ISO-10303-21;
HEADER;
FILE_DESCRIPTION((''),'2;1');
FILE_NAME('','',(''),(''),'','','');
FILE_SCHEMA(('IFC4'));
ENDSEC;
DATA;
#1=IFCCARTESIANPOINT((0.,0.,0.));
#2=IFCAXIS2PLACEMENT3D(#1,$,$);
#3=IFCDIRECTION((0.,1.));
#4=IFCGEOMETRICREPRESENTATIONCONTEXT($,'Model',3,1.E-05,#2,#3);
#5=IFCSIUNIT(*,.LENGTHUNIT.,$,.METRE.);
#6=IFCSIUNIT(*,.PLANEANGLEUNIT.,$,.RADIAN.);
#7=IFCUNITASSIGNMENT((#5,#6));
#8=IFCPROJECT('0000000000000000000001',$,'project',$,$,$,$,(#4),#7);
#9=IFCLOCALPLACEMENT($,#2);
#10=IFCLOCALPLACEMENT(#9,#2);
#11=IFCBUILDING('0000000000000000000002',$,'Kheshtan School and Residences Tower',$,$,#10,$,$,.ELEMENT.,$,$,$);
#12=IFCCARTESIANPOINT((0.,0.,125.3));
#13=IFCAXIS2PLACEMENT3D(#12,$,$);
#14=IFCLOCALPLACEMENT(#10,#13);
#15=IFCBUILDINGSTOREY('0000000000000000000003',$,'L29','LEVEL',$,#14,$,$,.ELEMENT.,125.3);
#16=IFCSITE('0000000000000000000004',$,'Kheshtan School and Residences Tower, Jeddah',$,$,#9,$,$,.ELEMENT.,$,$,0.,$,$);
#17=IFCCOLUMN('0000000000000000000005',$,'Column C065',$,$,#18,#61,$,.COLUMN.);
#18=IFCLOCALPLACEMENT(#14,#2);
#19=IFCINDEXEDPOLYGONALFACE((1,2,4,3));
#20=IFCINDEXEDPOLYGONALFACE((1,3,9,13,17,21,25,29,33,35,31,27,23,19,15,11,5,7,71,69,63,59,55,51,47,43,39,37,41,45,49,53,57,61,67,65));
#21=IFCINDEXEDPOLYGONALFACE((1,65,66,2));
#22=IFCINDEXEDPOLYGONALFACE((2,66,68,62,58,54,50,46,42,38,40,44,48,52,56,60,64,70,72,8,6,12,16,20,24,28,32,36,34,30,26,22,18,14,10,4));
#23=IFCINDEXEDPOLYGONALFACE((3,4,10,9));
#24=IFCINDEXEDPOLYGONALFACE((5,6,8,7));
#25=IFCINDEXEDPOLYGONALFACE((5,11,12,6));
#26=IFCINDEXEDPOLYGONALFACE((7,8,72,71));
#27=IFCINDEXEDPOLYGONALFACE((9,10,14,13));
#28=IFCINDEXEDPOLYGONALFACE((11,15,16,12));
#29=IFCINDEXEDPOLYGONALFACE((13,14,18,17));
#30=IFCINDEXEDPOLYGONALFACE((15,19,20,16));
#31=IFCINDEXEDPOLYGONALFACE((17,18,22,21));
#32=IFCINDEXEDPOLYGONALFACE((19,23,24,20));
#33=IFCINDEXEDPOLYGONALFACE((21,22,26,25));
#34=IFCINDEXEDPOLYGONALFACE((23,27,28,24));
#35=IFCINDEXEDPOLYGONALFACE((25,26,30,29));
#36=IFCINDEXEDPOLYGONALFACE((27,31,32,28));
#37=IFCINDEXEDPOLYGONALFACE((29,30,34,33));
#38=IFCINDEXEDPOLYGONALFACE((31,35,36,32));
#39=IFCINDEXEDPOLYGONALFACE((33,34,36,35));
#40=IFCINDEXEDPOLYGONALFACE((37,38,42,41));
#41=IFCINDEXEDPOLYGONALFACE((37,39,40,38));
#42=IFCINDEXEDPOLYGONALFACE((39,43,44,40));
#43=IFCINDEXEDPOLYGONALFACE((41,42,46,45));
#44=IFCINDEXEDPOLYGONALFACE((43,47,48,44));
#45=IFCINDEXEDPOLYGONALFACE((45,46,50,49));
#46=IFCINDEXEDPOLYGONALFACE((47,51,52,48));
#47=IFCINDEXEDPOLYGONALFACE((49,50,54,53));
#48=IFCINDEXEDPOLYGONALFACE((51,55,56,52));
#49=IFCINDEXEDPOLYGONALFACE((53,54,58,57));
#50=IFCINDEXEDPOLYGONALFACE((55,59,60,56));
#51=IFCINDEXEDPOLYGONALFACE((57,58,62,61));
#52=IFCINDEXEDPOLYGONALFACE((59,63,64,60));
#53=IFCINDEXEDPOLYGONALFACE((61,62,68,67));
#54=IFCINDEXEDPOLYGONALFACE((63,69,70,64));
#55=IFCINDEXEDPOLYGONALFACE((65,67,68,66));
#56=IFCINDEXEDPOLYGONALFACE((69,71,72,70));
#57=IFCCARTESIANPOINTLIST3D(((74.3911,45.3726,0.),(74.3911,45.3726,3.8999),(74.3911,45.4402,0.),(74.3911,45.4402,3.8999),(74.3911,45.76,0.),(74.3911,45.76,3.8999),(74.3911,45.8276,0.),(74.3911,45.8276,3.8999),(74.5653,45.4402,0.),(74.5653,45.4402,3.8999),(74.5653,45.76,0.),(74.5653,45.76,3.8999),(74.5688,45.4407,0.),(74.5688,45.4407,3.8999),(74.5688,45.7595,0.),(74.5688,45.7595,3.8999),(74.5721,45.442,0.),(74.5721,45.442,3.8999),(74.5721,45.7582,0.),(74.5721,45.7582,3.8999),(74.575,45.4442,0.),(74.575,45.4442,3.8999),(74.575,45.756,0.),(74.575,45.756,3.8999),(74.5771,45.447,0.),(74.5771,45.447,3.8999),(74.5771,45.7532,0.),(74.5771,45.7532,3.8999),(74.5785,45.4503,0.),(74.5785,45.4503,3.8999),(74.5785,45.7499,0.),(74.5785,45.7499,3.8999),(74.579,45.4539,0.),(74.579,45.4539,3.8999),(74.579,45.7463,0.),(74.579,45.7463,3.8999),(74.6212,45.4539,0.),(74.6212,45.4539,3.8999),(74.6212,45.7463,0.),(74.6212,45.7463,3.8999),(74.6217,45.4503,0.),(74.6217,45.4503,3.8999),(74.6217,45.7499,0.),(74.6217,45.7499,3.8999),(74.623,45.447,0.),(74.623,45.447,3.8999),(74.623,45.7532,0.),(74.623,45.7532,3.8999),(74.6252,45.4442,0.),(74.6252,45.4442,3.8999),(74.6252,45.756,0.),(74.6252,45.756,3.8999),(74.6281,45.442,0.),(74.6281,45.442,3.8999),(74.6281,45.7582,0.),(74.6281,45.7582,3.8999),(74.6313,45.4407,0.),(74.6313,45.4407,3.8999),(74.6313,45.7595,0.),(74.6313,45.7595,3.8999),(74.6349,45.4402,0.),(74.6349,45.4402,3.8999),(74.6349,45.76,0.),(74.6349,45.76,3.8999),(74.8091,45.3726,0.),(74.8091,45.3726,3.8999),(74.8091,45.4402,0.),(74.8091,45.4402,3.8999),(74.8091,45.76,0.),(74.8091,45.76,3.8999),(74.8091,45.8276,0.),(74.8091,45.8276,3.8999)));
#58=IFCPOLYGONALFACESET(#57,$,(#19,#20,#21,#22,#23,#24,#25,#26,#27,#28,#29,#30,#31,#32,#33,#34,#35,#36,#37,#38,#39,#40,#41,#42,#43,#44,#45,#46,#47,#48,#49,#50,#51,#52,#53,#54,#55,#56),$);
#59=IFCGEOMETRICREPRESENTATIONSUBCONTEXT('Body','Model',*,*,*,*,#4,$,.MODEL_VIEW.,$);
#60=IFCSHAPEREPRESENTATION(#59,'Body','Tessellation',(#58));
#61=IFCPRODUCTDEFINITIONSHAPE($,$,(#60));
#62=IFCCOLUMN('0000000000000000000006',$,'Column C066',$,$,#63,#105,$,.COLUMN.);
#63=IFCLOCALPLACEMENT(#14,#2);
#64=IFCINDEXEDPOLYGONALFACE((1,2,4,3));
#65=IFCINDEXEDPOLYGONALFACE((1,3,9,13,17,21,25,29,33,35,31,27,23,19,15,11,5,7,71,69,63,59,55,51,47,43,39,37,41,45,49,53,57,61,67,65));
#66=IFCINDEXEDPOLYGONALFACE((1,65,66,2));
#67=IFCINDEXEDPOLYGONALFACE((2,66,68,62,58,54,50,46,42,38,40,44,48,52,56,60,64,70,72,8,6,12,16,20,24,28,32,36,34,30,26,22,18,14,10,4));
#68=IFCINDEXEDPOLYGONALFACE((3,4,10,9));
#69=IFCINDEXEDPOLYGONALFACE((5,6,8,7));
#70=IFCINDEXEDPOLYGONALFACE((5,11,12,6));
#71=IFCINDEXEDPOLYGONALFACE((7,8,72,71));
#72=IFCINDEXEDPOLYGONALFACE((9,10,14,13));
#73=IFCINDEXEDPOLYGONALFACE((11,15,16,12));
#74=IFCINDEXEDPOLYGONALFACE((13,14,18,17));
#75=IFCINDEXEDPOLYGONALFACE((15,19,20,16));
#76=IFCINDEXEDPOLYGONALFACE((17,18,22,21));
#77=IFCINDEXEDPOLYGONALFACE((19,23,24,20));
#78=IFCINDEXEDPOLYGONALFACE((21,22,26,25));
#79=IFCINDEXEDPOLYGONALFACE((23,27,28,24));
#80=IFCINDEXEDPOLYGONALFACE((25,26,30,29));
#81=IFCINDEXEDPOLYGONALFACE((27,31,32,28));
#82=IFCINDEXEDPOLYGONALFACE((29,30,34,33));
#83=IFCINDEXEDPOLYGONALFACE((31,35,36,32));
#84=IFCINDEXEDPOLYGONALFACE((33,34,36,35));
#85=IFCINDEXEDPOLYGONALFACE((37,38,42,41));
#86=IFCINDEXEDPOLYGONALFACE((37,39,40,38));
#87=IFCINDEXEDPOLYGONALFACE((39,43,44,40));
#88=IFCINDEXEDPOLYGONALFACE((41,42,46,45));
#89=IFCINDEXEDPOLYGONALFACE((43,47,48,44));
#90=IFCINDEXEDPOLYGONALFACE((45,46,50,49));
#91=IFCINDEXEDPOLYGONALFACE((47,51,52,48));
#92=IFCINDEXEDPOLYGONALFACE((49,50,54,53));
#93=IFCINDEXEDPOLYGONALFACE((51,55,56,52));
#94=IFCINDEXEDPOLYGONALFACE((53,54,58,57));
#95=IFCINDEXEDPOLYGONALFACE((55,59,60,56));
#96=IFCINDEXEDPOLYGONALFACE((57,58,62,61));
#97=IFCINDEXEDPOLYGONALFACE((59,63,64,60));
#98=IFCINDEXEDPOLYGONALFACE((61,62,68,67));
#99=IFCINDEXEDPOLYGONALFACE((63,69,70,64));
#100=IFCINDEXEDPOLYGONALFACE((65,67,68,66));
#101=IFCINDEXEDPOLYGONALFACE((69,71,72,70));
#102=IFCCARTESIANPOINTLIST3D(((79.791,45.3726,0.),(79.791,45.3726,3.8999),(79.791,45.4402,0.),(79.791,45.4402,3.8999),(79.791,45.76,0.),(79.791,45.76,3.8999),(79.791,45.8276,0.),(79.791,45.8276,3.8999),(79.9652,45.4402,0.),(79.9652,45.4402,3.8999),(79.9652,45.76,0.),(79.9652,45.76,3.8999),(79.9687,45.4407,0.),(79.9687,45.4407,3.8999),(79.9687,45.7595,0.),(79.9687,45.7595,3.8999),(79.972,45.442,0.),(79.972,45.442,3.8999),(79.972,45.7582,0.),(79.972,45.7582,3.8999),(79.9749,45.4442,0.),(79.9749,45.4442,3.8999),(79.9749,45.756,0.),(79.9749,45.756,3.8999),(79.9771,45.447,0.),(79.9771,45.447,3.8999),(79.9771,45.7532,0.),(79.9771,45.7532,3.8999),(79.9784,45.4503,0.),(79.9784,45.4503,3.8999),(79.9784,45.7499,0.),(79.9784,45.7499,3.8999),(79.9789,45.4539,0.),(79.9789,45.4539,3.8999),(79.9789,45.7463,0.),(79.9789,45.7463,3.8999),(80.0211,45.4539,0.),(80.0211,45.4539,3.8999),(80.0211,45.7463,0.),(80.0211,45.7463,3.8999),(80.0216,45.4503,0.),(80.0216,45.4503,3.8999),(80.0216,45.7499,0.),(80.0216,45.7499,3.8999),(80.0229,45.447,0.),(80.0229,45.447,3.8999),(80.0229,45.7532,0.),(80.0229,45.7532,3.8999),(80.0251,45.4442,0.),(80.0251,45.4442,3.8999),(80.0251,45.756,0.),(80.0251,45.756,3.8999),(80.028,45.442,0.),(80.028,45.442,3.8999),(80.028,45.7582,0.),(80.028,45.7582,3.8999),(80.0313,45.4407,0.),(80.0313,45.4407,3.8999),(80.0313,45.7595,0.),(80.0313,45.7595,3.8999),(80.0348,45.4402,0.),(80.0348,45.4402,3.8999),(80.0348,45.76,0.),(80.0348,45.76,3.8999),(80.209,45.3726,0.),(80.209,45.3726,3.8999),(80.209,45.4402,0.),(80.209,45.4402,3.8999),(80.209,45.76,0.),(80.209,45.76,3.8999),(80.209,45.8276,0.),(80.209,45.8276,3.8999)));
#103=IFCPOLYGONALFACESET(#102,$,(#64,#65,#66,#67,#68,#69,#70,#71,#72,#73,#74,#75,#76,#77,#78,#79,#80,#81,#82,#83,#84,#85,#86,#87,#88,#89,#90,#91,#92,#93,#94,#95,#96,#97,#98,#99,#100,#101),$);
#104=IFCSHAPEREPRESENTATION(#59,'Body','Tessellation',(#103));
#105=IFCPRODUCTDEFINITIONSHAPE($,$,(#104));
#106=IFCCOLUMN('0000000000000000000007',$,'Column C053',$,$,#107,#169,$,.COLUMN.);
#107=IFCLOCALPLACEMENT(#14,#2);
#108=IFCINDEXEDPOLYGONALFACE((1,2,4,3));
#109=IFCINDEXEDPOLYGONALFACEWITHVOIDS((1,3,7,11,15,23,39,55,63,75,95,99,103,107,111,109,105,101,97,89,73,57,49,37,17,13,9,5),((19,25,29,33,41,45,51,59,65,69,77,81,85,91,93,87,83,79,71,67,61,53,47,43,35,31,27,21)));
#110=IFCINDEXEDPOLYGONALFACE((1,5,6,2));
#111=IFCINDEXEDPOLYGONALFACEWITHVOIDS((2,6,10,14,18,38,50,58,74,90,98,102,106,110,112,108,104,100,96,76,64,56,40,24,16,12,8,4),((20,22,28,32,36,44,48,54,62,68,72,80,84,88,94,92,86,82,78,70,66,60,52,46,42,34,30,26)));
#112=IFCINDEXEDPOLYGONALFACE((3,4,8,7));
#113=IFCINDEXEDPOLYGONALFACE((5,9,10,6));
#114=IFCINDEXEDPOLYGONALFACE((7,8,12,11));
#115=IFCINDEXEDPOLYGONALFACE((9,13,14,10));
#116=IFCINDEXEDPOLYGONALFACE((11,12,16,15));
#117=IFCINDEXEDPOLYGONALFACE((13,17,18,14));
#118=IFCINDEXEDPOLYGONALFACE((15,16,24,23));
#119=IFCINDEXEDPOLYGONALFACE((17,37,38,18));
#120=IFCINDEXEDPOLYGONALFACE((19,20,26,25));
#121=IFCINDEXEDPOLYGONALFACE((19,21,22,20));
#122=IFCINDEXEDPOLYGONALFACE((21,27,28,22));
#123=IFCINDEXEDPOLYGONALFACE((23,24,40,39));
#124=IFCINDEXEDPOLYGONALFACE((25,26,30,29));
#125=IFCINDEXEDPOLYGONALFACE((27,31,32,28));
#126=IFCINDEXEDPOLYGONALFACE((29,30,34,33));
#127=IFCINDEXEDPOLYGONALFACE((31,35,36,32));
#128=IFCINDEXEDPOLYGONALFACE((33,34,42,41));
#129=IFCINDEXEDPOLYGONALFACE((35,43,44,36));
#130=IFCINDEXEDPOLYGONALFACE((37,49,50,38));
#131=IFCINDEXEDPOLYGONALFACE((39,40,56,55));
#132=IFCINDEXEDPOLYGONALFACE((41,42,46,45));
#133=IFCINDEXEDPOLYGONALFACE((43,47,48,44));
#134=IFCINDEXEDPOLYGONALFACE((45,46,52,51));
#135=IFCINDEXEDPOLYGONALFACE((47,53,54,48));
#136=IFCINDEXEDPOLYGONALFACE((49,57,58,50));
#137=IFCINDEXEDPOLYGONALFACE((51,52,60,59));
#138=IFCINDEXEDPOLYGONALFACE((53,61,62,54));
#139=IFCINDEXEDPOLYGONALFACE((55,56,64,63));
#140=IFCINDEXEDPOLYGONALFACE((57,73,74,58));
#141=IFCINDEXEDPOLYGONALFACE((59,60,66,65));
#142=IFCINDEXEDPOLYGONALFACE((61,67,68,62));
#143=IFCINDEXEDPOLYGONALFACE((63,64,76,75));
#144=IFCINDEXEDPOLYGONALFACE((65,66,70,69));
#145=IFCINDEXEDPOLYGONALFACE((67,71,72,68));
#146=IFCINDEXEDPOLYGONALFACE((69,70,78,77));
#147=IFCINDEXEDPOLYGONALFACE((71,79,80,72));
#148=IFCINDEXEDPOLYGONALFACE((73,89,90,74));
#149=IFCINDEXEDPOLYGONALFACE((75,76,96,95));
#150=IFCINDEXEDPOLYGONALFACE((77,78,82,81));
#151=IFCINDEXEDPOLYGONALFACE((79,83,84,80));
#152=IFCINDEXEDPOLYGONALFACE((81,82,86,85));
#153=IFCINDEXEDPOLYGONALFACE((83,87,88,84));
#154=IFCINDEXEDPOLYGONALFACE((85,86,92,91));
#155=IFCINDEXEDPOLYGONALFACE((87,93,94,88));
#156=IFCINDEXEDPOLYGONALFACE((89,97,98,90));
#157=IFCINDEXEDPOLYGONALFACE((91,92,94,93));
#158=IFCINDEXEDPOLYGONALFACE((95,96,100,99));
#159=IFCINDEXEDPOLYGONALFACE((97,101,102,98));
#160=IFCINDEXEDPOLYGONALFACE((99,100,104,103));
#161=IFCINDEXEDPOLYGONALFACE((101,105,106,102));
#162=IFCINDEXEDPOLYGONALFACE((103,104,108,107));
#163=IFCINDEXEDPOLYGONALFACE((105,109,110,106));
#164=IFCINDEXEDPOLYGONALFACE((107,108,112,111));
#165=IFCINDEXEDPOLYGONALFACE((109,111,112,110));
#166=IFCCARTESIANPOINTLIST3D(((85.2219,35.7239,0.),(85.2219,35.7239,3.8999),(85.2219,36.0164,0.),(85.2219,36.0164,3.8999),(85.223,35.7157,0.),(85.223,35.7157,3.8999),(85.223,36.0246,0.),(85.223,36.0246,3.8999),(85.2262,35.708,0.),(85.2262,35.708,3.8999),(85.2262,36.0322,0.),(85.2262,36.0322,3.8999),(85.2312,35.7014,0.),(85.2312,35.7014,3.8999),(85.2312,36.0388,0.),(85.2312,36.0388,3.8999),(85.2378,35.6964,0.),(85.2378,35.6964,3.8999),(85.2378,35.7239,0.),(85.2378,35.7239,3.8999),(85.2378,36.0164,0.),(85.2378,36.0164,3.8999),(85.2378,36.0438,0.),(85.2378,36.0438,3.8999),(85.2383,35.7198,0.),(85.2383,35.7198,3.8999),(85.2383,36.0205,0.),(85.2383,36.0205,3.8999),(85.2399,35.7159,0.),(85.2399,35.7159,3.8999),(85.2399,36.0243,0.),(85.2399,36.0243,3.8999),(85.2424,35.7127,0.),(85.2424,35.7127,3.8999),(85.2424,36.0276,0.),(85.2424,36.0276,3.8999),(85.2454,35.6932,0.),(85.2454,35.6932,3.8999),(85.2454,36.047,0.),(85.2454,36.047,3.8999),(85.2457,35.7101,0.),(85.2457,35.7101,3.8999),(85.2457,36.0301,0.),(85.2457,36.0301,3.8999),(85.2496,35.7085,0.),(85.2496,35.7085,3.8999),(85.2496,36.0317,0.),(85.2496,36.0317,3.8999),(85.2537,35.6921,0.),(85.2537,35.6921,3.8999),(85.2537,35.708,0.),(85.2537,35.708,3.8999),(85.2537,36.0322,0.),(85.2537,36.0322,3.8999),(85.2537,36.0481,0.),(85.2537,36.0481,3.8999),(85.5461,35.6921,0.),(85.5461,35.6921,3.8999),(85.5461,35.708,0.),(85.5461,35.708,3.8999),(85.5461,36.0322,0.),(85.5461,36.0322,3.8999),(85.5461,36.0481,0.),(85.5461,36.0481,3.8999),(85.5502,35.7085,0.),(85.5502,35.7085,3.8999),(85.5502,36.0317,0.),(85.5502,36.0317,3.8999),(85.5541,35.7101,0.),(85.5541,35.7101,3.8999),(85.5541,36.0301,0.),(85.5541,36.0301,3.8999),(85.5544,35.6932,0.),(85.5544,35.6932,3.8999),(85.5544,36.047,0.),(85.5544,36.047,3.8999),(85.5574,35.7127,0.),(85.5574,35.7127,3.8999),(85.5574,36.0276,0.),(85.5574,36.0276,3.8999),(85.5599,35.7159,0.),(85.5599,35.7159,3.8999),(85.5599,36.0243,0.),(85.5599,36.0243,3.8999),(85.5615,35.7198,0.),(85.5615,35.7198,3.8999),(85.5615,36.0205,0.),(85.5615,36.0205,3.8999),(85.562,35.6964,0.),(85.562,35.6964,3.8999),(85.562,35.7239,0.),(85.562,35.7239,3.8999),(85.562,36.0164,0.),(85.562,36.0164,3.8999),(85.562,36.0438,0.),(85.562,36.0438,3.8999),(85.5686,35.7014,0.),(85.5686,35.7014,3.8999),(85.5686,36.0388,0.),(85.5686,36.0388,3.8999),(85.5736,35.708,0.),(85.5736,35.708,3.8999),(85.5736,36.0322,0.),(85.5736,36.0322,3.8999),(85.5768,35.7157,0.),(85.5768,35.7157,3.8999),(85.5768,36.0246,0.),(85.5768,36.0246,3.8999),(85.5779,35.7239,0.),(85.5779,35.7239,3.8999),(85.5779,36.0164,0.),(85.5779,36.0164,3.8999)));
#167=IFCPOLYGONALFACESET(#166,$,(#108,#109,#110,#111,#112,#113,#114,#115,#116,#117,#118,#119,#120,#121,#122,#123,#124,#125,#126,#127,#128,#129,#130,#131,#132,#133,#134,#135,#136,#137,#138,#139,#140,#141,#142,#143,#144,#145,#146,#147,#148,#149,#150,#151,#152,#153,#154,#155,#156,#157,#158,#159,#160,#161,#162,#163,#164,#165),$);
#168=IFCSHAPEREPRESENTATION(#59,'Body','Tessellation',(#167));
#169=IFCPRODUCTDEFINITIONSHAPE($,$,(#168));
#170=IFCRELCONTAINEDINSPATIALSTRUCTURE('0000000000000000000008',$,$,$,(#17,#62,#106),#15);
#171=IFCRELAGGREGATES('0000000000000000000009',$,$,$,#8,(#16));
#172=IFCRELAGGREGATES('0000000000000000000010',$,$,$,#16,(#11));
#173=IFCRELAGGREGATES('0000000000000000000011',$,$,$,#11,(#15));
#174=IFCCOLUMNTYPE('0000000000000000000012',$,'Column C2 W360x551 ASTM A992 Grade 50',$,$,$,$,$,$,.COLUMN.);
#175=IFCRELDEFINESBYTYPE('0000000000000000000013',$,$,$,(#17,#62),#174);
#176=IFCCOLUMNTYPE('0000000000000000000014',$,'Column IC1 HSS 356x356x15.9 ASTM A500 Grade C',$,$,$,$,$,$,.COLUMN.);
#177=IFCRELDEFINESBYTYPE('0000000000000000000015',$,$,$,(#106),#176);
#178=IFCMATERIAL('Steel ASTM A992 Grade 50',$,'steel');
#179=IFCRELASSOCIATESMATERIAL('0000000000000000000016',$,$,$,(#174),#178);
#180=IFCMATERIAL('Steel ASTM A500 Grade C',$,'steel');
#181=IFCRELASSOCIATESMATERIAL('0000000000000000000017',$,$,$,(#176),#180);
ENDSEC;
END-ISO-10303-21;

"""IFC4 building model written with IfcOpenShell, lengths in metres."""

from ifc_helpers import new_model, si_unit, direction, frame, origin, origin_2d, place, context, subcontext, project, spatial, hollow_rectangle, i_section, extrude, material, material_profile, profile_set, type_object, element, save


model = new_model("IFC4")

# Units and contexts
model_context = context("Model", 3, precision=1e-05, world=origin(), true_north=direction((0.0, 1.0)))
body_context = subcontext(model_context, "Body", "Model", "MODEL_VIEW")
ifc_project = project(units=[si_unit("LENGTHUNIT", "METRE"), si_unit("PLANEANGLEUNIT", "RADIAN")], contexts=[model_context])

# Site, building, storey
site_placement = place(None, origin())
site = spatial("IfcSite", under=ifc_project, at=site_placement, Name="Kheshtan School and Residences Tower, Jeddah", CompositionType="ELEMENT", RefElevation=0.0)
building_placement = place(site_placement, origin())
building = spatial("IfcBuilding", under=site, at=building_placement, Name="Kheshtan School and Residences Tower", CompositionType="ELEMENT")
storey_placement = place(building_placement, frame((0.0, 0.0, 125.3)))
storey = spatial("IfcBuildingStorey", under=building, at=storey_placement, Name="L29", Description="LEVEL", CompositionType="ELEMENT", Elevation=125.3)

# Columns
ifc_material_1 = material(Name="Steel ASTM A992 Grade 50", Category="steel")
ifc_material_profile_1 = material_profile(ifc_material_1, i_section(OverallWidth=0.418, OverallDepth=0.4551, WebThickness=0.0422, FlangeThickness=0.0676, FilletRadius=0.0137, at=origin_2d()), Name="W360x551")
ifc_profile_set_1 = profile_set([ifc_material_profile_1], Name="Steel ASTM A992 Grade 50")
column_type_1 = type_object("IfcColumnType", Name="Column C2 W360x551 ASTM A992 Grade 50", PredefinedType="COLUMN", material=ifc_profile_set_1)
for number, where, z_axis, x_axis, name in (
    (1, (74.6001, 45.6001, 0.0), (0.0, 0.0, 1.0), (1.0, 0.0, 0.0), "Column C065"),
    (2, (80.0, 45.6001, 0.0), (0.0, 0.0, 1.0), (1.0, 0.0, 0.0), "Column C066"),
):
    element("IfcColumn", number, at=place(storey_placement, frame(where, z_axis=z_axis, x_axis=x_axis)), inside=storey, type_object=column_type_1, Name=name, PredefinedType="COLUMN", context=body_context, shape_type="SweptSolid", body=[
        extrude(i_section(OverallWidth=0.418, OverallDepth=0.4551, WebThickness=0.0422, FlangeThickness=0.0676, FilletRadius=0.0137, at=origin_2d()), origin(), (0.0, 0.0, 1.0), 3.8999),
    ])
ifc_material_2 = material(Name="Steel ASTM A500 Grade C", Category="steel")
ifc_material_profile_2 = material_profile(ifc_material_2, hollow_rectangle(XDim=0.356, YDim=0.356, WallThickness=0.0159, InnerFilletRadius=0.0159, OuterFilletRadius=0.0317, at=origin_2d()), Name="HSS 356x356x15.9")
ifc_profile_set_2 = profile_set([ifc_material_profile_2], Name="Steel ASTM A500 Grade C")
column_type_2 = type_object("IfcColumnType", Name="Column IC1 HSS 356x356x15.9 ASTM A500 Grade C", PredefinedType="COLUMN", material=ifc_profile_set_2)
for number, where, z_axis, x_axis, name in (
    (3, (85.3999, 35.8701, 0.0), (0.0, 0.0, 1.0), (1.0, 0.0, 0.0), "Column C053"),
):
    element("IfcColumn", number, at=place(storey_placement, frame(where, z_axis=z_axis, x_axis=x_axis)), inside=storey, type_object=column_type_2, Name=name, PredefinedType="COLUMN", context=body_context, shape_type="SweptSolid", body=[
        extrude(hollow_rectangle(XDim=0.356, YDim=0.356, WallThickness=0.0159, InnerFilletRadius=0.0159, OuterFilletRadius=0.0317, at=origin_2d()), origin(), (0.0, 0.0, 1.0), 3.8999),
    ])

save(model, "model.ifc")
